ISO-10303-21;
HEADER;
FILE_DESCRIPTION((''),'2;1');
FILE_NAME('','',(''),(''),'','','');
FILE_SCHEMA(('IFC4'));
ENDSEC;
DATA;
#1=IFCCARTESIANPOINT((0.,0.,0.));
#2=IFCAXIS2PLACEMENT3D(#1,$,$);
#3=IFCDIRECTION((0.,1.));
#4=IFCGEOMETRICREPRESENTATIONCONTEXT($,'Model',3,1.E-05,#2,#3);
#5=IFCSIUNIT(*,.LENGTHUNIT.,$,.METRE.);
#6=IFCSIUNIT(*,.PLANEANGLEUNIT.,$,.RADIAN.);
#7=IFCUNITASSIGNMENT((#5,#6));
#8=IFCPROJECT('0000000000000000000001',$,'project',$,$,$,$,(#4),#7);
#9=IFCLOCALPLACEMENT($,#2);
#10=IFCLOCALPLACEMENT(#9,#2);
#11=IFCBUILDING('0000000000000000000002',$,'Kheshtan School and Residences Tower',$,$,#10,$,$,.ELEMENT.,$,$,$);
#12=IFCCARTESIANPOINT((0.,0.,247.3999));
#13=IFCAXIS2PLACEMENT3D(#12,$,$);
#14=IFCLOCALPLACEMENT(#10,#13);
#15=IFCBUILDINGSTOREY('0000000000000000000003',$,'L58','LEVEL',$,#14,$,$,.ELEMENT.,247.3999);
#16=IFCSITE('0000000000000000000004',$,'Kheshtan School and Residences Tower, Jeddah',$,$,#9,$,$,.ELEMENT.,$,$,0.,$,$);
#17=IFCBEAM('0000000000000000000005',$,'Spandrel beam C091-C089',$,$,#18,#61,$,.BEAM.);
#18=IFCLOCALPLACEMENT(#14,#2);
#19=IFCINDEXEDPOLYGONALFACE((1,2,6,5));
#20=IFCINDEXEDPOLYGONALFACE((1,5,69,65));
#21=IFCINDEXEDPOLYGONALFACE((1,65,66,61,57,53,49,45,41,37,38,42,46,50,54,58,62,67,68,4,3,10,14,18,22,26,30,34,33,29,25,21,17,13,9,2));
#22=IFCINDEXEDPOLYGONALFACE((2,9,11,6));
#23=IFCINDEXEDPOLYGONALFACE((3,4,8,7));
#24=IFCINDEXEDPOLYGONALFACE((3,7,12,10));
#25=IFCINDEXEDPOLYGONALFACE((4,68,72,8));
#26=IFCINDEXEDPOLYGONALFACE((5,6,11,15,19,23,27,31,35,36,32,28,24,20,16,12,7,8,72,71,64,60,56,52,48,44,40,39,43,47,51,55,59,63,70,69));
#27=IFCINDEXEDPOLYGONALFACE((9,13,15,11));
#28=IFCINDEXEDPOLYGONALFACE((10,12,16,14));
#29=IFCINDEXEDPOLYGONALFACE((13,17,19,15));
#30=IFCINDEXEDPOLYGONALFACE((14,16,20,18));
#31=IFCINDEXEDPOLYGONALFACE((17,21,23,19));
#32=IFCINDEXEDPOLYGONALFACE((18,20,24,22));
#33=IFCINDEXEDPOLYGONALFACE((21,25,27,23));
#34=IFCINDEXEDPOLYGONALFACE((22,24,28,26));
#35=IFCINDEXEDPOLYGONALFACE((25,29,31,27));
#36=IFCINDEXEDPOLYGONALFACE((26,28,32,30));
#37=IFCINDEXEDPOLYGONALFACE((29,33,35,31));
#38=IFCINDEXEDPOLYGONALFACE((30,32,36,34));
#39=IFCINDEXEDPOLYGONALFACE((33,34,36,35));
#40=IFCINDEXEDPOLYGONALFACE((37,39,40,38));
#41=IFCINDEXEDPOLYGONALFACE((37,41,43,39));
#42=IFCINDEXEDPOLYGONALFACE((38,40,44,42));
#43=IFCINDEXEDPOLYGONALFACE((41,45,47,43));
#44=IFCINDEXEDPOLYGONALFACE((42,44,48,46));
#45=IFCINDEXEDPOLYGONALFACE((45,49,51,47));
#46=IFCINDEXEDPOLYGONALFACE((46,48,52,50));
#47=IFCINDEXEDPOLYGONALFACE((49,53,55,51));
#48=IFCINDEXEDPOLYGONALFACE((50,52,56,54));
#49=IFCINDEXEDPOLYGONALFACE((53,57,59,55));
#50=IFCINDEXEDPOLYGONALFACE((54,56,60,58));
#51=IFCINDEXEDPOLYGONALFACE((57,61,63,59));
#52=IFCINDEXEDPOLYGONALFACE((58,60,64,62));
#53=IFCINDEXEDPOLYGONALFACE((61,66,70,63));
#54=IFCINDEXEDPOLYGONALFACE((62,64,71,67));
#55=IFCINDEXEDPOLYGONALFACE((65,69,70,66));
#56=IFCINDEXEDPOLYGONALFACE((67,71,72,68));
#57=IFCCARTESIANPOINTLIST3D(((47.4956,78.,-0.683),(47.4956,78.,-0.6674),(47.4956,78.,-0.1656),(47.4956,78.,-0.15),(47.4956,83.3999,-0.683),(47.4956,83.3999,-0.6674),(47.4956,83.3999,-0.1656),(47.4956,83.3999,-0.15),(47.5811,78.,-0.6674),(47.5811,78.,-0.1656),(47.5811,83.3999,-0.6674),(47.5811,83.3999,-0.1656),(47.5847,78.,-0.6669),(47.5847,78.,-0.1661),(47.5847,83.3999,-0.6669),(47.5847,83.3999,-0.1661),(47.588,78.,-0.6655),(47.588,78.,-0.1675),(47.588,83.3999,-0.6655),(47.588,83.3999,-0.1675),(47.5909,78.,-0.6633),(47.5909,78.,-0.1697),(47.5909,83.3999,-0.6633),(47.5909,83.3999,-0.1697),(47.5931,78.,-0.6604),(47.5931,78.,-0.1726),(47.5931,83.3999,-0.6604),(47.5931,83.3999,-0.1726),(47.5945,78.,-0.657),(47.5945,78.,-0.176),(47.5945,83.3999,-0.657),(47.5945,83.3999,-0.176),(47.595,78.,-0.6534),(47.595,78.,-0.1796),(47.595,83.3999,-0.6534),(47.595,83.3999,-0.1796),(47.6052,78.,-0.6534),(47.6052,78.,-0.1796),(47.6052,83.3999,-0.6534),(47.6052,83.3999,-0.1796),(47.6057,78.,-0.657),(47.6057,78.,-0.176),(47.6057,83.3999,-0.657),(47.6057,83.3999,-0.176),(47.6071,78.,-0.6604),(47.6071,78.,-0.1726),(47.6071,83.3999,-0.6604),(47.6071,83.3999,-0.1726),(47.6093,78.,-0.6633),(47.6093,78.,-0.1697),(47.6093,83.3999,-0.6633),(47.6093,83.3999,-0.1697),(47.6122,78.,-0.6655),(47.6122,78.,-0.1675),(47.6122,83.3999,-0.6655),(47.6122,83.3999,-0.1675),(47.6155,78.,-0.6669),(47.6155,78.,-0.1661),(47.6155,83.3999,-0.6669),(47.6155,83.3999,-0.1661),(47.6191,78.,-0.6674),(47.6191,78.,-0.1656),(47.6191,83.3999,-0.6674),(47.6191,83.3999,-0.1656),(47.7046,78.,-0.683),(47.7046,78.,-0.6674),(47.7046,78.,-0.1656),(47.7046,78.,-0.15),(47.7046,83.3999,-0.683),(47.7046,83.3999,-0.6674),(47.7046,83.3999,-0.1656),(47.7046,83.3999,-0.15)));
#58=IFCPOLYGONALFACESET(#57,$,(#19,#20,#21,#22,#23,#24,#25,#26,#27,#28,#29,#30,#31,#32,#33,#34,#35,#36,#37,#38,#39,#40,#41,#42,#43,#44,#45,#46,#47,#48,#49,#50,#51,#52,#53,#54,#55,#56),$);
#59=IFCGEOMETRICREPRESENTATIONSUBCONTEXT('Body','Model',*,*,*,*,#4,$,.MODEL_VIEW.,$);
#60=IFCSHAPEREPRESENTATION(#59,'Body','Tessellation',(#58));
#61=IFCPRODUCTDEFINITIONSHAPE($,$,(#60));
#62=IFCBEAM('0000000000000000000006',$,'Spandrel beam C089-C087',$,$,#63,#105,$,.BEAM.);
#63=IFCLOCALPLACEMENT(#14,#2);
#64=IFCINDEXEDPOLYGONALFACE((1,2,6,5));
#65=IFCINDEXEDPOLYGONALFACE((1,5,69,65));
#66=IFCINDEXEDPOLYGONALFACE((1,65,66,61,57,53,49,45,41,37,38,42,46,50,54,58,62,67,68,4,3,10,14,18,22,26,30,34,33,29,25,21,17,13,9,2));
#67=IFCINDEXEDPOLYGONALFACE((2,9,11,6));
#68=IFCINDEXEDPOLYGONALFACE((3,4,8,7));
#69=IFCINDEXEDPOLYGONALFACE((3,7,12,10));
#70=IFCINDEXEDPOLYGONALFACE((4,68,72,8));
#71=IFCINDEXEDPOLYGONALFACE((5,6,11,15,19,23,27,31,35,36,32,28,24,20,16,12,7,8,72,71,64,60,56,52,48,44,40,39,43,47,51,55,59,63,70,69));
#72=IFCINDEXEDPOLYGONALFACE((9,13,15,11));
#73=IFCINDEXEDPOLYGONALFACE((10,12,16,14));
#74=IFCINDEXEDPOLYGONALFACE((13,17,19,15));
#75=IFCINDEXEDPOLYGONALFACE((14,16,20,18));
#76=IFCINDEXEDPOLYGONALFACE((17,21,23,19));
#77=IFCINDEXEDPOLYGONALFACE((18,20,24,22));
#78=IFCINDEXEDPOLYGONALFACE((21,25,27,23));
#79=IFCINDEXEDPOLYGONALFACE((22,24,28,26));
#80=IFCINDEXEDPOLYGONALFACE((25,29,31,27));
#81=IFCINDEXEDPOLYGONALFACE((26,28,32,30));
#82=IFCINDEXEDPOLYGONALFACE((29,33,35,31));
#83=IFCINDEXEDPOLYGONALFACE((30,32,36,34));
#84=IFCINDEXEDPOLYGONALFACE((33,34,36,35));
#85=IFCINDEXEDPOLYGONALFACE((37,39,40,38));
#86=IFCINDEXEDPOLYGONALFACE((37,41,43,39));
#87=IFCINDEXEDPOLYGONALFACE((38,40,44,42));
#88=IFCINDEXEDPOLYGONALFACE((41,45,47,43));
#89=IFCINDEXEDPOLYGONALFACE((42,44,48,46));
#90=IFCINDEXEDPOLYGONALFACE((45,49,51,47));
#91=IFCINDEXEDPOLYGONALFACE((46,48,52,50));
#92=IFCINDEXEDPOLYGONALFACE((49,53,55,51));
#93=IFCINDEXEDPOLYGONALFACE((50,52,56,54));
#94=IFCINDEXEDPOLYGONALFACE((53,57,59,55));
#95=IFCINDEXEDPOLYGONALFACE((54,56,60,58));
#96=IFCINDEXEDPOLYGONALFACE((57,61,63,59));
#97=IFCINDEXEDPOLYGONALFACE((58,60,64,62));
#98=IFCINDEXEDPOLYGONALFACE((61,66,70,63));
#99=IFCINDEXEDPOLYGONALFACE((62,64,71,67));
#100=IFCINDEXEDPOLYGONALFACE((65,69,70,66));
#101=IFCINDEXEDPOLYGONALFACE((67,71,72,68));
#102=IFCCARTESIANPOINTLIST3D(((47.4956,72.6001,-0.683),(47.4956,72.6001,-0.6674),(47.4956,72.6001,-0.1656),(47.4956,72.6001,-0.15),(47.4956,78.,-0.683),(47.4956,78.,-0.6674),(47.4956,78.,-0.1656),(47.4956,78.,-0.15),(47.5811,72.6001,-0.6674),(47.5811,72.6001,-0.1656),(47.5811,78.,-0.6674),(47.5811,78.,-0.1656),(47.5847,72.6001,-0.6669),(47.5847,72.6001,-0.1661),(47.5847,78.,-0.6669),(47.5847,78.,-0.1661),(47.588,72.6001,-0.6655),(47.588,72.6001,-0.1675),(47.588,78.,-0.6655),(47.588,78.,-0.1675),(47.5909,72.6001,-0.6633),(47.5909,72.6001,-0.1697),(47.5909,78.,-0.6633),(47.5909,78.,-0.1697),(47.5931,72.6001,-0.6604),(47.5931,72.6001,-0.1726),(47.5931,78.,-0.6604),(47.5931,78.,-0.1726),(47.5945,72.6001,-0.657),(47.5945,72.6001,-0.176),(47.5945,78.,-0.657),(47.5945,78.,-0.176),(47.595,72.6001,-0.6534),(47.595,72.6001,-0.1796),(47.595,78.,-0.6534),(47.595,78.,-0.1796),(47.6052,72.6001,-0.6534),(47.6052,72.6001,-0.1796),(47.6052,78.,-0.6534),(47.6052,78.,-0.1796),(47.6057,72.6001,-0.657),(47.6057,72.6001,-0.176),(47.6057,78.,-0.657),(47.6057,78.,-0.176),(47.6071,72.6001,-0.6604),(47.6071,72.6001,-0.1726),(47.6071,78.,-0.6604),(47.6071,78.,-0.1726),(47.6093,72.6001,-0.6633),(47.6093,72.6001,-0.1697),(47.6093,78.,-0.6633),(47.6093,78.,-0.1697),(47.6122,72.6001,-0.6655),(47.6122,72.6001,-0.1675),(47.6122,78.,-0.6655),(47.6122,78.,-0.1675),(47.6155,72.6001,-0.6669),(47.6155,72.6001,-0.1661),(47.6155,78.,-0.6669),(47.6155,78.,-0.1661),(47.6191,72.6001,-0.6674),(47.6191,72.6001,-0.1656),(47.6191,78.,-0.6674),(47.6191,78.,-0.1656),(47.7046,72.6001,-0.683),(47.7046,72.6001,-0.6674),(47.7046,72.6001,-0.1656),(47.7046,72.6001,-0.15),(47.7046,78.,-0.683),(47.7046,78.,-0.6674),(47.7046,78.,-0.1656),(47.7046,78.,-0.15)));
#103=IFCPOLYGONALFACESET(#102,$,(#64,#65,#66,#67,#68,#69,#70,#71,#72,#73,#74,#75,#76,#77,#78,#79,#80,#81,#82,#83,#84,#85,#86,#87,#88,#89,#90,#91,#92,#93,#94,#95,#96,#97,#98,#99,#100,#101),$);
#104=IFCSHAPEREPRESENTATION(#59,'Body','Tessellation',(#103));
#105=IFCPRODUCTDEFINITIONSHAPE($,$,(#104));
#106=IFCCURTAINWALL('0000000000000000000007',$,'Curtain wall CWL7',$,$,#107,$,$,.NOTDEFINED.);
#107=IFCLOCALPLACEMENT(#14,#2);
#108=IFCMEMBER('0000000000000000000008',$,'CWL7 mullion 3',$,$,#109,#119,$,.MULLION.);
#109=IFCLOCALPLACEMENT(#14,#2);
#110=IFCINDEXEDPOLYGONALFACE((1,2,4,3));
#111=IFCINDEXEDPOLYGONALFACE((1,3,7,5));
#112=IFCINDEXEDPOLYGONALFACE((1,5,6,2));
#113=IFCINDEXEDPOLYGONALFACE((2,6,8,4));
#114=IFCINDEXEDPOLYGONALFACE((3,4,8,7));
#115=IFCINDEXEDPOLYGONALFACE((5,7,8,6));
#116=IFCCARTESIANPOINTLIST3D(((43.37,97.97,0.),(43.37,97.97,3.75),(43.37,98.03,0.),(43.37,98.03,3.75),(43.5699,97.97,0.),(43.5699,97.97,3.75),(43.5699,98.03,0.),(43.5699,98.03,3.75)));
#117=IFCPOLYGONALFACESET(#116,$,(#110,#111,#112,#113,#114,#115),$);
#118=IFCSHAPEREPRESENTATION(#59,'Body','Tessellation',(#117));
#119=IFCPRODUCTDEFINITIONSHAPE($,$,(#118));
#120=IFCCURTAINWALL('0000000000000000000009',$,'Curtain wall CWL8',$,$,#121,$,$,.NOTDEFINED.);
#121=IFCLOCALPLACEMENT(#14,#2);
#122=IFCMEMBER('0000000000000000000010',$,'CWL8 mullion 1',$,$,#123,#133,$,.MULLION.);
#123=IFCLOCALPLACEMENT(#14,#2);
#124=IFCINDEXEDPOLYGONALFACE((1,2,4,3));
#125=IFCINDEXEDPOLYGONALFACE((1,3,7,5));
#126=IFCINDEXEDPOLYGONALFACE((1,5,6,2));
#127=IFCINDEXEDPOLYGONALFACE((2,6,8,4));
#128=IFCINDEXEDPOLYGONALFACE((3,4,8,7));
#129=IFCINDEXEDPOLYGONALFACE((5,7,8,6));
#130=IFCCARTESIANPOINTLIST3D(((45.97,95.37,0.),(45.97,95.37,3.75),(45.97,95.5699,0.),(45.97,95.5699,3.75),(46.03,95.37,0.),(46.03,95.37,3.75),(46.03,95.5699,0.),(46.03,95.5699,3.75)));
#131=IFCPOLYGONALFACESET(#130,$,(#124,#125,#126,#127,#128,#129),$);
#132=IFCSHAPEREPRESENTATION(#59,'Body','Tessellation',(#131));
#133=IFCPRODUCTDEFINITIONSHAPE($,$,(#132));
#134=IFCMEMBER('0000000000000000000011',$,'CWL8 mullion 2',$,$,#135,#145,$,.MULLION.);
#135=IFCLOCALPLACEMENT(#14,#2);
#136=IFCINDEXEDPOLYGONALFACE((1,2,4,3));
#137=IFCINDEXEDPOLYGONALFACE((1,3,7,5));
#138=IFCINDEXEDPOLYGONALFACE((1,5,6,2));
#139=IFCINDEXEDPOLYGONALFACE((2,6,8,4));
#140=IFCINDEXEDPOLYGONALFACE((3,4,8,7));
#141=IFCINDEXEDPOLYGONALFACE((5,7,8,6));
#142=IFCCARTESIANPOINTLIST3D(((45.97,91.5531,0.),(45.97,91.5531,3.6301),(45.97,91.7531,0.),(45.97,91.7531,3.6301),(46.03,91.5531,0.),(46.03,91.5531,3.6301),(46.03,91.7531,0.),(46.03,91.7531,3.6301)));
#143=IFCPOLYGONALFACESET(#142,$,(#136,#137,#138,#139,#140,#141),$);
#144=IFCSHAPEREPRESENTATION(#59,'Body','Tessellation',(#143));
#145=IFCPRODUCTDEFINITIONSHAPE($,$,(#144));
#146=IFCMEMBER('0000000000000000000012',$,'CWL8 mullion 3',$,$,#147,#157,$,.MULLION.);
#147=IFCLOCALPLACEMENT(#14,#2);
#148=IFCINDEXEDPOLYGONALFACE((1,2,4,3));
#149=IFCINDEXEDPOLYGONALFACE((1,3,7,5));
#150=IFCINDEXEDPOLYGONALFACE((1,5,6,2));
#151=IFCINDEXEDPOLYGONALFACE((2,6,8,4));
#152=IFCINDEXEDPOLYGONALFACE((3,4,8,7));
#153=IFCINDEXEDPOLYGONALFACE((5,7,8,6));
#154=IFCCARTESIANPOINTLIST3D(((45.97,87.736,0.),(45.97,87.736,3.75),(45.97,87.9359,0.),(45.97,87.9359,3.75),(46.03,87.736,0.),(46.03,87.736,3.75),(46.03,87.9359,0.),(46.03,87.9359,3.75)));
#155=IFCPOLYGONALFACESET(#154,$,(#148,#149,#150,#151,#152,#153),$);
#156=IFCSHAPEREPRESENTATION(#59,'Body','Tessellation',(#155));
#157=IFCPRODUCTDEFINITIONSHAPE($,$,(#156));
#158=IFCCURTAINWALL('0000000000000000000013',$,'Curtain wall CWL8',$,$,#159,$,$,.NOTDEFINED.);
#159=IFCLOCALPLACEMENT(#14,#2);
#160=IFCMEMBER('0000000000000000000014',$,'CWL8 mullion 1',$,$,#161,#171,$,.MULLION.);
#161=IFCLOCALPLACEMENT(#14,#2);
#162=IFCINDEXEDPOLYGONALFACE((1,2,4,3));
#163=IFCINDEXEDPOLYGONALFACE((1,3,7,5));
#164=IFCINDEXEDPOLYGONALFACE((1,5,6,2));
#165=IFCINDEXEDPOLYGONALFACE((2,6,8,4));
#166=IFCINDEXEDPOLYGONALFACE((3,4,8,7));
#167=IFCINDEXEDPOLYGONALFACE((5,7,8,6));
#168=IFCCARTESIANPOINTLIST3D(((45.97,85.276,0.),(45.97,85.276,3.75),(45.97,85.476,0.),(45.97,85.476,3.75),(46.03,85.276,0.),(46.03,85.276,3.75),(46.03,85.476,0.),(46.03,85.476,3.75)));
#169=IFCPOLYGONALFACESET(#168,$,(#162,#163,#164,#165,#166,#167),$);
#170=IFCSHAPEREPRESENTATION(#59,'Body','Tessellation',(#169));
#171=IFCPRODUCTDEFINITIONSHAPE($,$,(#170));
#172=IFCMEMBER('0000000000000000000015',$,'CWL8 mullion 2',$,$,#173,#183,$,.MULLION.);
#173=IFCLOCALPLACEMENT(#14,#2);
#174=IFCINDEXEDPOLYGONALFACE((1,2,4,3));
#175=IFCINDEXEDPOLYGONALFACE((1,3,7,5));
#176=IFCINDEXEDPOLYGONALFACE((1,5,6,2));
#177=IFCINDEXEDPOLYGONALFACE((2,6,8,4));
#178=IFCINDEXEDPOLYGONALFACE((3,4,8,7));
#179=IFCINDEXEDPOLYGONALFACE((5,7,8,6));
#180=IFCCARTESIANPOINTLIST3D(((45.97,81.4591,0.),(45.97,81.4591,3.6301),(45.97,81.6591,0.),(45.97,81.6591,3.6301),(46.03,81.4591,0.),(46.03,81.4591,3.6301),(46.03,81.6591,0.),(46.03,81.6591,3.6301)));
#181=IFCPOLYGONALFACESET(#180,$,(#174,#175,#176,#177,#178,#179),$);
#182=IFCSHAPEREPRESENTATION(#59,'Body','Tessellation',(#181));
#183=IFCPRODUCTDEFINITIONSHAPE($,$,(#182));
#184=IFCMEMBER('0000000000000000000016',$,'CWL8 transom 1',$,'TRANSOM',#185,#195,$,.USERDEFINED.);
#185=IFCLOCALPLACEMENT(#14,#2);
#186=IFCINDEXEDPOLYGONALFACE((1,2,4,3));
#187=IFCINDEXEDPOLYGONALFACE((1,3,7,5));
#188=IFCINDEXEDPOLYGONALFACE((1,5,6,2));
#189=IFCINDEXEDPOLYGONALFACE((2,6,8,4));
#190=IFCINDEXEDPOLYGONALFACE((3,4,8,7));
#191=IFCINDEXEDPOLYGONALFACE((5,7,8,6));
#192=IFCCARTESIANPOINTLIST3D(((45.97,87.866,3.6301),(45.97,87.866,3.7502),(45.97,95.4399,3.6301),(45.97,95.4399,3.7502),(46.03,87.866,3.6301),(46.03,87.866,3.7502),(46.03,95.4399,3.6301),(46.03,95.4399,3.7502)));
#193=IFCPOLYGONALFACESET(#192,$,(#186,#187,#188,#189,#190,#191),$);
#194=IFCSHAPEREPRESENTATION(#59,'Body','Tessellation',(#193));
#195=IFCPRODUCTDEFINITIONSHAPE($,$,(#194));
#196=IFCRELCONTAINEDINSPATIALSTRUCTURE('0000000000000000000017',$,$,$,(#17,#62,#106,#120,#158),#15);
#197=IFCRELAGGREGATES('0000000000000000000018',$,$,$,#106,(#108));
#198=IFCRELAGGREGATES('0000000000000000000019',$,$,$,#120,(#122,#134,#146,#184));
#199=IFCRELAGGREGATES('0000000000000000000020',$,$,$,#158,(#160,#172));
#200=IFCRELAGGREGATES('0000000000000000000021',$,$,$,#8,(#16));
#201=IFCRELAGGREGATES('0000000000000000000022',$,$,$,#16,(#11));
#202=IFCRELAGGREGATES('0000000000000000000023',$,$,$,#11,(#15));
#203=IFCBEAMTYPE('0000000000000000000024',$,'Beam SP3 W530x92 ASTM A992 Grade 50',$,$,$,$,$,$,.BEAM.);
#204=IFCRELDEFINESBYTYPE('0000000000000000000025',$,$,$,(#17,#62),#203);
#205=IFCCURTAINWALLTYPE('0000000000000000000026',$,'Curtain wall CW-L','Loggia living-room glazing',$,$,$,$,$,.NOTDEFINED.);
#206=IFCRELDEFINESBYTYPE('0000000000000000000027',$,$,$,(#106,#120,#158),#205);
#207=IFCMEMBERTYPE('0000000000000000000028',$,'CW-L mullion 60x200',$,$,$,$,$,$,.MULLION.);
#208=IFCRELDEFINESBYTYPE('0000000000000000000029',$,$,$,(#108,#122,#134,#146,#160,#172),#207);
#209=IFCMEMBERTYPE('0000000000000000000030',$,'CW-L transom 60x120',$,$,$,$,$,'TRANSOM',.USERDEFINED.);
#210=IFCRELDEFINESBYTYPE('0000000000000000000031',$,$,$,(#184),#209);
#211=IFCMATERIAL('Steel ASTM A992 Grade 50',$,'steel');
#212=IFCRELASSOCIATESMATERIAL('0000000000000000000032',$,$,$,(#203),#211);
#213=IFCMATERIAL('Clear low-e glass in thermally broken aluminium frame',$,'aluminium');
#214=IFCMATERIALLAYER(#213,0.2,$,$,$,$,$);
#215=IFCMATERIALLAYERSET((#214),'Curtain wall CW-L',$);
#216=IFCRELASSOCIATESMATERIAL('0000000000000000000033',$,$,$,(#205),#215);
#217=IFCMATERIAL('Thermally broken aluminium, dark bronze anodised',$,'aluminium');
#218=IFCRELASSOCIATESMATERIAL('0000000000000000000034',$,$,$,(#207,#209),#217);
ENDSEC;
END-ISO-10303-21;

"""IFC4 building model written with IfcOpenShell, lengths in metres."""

from ifc_helpers import new_model, si_unit, direction, frame, origin, origin_2d, place, context, subcontext, project, spatial, rectangle, i_section, extrude, material, layer, layer_set, material_profile, profile_set, type_object, element, aggregate, save


model = new_model("IFC4")

# Units and contexts
model_context = context("Model", 3, precision=1e-05, world=origin(), true_north=direction((0.0, 1.0)))
body_context = subcontext(model_context, "Body", "Model", "MODEL_VIEW")
ifc_project = project(units=[si_unit("LENGTHUNIT", "METRE"), si_unit("PLANEANGLEUNIT", "RADIAN")], contexts=[model_context])

# Site, building, storey
site_placement = place(None, origin())
site = spatial("IfcSite", under=ifc_project, at=site_placement, Name="Kheshtan School and Residences Tower, Jeddah", CompositionType="ELEMENT", RefElevation=0.0)
building_placement = place(site_placement, origin())
building = spatial("IfcBuilding", under=site, at=building_placement, Name="Kheshtan School and Residences Tower", CompositionType="ELEMENT")
storey_placement = place(building_placement, frame((0.0, 0.0, 247.3999)))
storey = spatial("IfcBuildingStorey", under=building, at=storey_placement, Name="L58", Description="LEVEL", CompositionType="ELEMENT", Elevation=247.3999)

# Shared definitions
ifc_material_1 = material(Name="Steel ASTM A992 Grade 50", Category="steel")

# Beams
ifc_material_profile_1 = material_profile(ifc_material_1, i_section(OverallWidth=0.209, OverallDepth=0.533, WebThickness=0.0103, FlangeThickness=0.0156, FilletRadius=0.0139, at=origin_2d()), Name="W530x92")
ifc_profile_set_1 = profile_set([ifc_material_profile_1], Name="Steel ASTM A992 Grade 50")
beam_type_1 = type_object("IfcBeamType", Name="Beam SP3 W530x92 ASTM A992 Grade 50", PredefinedType="BEAM", material=ifc_profile_set_1)
for number, where, z_axis, x_axis, name in (
    (1, (47.6001, 83.3999, -0.4165), (0.0, -1.0, 0.0), (1.0, 0.0, 0.0), "Spandrel beam C091-C089"),
    (2, (47.6001, 78.0, -0.4165), (0.0, -1.0, 0.0), (1.0, 0.0, 0.0), "Spandrel beam C089-C087"),
):
    element("IfcBeam", number, at=place(storey_placement, frame(where, z_axis=z_axis, x_axis=x_axis)), inside=storey, type_object=beam_type_1, Name=name, PredefinedType="BEAM", context=body_context, shape_type="SweptSolid", body=[
        extrude(i_section(OverallWidth=0.209, OverallDepth=0.533, WebThickness=0.0103, FlangeThickness=0.0156, FilletRadius=0.0139, at=origin_2d()), origin(), (0.0, 0.0, 1.0), 5.3999),
    ])

# Curtain wall, member
ifc_material_2 = material(Name="Clear low-e glass in thermally broken aluminium frame", Category="aluminium")
ifc_layer_1 = layer(ifc_material_2, 0.2)
ifc_layer_set_1 = layer_set([ifc_layer_1], Name="Curtain wall CW-L")
curtain_wall_type = type_object("IfcCurtainWallType", Name="Curtain wall CW-L", Description="Loggia living-room glazing", PredefinedType="NOTDEFINED", material=ifc_layer_set_1)
curtain_wall_1_placement = place(storey_placement, origin())
curtain_wall_1 = element("IfcCurtainWall", 3, at=curtain_wall_1_placement, inside=storey, type_object=curtain_wall_type, Name="Curtain wall CWL7", PredefinedType="NOTDEFINED")
ifc_material_3 = material(Name="Thermally broken aluminium, dark bronze anodised", Category="aluminium")
ifc_material_profile_2 = material_profile(ifc_material_3, rectangle(XDim=0.0601, YDim=0.2, at=origin_2d()), Name="CW-L mullion 60x200")
ifc_profile_set_2 = profile_set([ifc_material_profile_2], Name="Thermally broken aluminium, dark bronze anodised")
member_type_1 = type_object("IfcMemberType", Name="CW-L mullion 60x200", PredefinedType="MULLION", material=ifc_profile_set_2)
member_1_placement = place(storey_placement, frame((43.47, 98.0, 0.0), z_axis=(0.0, 0.0, 1.0), x_axis=(0.0, 1.0, 0.0)))
member_1 = element("IfcMember", 4, at=member_1_placement, type_object=member_type_1, Name="CWL7 mullion 3", PredefinedType="MULLION", context=body_context, shape_type="SweptSolid", body=[
    extrude(rectangle(XDim=0.0601, YDim=0.2, at=origin_2d()), origin(), (0.0, 0.0, 1.0), 3.75),
])
aggregate(curtain_wall_1, [member_1])

# Curtain walls, members
curtain_wall_2_placement = place(storey_placement, origin())
curtain_wall_2 = element("IfcCurtainWall", 5, at=curtain_wall_2_placement, inside=storey, type_object=curtain_wall_type, Name="Curtain wall CWL8", PredefinedType="NOTDEFINED")
member_2_placement = place(storey_placement, frame((46.0, 95.47, 0.0), z_axis=(0.0, 0.0, 1.0), x_axis=(1.0, 0.0, 0.0)))
member_2 = element("IfcMember", 6, at=member_2_placement, type_object=member_type_1, Name="CWL8 mullion 1", PredefinedType="MULLION", context=body_context, shape_type="SweptSolid", body=[
    extrude(rectangle(XDim=0.0601, YDim=0.2, at=origin_2d()), origin(), (0.0, 0.0, 1.0), 3.75),
])
member_3_placement = place(storey_placement, frame((46.0, 91.6531, 0.0), z_axis=(0.0, 0.0, 1.0), x_axis=(1.0, 0.0, 0.0)))
member_3 = element("IfcMember", 7, at=member_3_placement, type_object=member_type_1, Name="CWL8 mullion 2", PredefinedType="MULLION", context=body_context, shape_type="SweptSolid", body=[
    extrude(rectangle(XDim=0.0601, YDim=0.2, at=origin_2d()), origin(), (0.0, 0.0, 1.0), 3.6301),
])
member_4_placement = place(storey_placement, frame((46.0, 87.8359, 0.0), z_axis=(0.0, 0.0, 1.0), x_axis=(1.0, 0.0, 0.0)))
member_4 = element("IfcMember", 8, at=member_4_placement, type_object=member_type_1, Name="CWL8 mullion 3", PredefinedType="MULLION", context=body_context, shape_type="SweptSolid", body=[
    extrude(rectangle(XDim=0.0601, YDim=0.2, at=origin_2d()), origin(), (0.0, 0.0, 1.0), 3.75),
])
curtain_wall_3_placement = place(storey_placement, origin())
curtain_wall_3 = element("IfcCurtainWall", 9, at=curtain_wall_3_placement, inside=storey, type_object=curtain_wall_type, Name="Curtain wall CWL8", PredefinedType="NOTDEFINED")
member_5_placement = place(storey_placement, frame((46.0, 85.376, 0.0), z_axis=(0.0, 0.0, 1.0), x_axis=(1.0, 0.0, 0.0)))
member_5 = element("IfcMember", 10, at=member_5_placement, type_object=member_type_1, Name="CWL8 mullion 1", PredefinedType="MULLION", context=body_context, shape_type="SweptSolid", body=[
    extrude(rectangle(XDim=0.0601, YDim=0.2, at=origin_2d()), origin(), (0.0, 0.0, 1.0), 3.75),
])
member_6_placement = place(storey_placement, frame((46.0, 81.5591, 0.0), z_axis=(0.0, 0.0, 1.0), x_axis=(1.0, 0.0, 0.0)))
member_6 = element("IfcMember", 11, at=member_6_placement, type_object=member_type_1, Name="CWL8 mullion 2", PredefinedType="MULLION", context=body_context, shape_type="SweptSolid", body=[
    extrude(rectangle(XDim=0.0601, YDim=0.2, at=origin_2d()), origin(), (0.0, 0.0, 1.0), 3.6301),
])

# Member
ifc_material_profile_3 = material_profile(ifc_material_3, rectangle(XDim=0.0601, YDim=0.1201, at=origin_2d()), Name="CW-L transom 60x120")
ifc_profile_set_3 = profile_set([ifc_material_profile_3], Name="Thermally broken aluminium, dark bronze anodised")
member_type_2 = type_object("IfcMemberType", Name="CW-L transom 60x120", ElementType="TRANSOM", PredefinedType="USERDEFINED", material=ifc_profile_set_3)
member_7_placement = place(storey_placement, frame((46.0, 95.4399, 3.6902), z_axis=(0.0, -1.0, 0.0), x_axis=(1.0, 0.0, 0.0)))
member_7 = element("IfcMember", 12, at=member_7_placement, type_object=member_type_2, Name="CWL8 transom 1", ObjectType="TRANSOM", PredefinedType="USERDEFINED", context=body_context, shape_type="SweptSolid", body=[
    extrude(rectangle(XDim=0.0601, YDim=0.1201, at=origin_2d()), origin(), (0.0, 0.0, 1.0), 7.574),
])

aggregate(curtain_wall_2, [member_2, member_3, member_4, member_7])
aggregate(curtain_wall_3, [member_5, member_6])

save(model, "model.ifc")
